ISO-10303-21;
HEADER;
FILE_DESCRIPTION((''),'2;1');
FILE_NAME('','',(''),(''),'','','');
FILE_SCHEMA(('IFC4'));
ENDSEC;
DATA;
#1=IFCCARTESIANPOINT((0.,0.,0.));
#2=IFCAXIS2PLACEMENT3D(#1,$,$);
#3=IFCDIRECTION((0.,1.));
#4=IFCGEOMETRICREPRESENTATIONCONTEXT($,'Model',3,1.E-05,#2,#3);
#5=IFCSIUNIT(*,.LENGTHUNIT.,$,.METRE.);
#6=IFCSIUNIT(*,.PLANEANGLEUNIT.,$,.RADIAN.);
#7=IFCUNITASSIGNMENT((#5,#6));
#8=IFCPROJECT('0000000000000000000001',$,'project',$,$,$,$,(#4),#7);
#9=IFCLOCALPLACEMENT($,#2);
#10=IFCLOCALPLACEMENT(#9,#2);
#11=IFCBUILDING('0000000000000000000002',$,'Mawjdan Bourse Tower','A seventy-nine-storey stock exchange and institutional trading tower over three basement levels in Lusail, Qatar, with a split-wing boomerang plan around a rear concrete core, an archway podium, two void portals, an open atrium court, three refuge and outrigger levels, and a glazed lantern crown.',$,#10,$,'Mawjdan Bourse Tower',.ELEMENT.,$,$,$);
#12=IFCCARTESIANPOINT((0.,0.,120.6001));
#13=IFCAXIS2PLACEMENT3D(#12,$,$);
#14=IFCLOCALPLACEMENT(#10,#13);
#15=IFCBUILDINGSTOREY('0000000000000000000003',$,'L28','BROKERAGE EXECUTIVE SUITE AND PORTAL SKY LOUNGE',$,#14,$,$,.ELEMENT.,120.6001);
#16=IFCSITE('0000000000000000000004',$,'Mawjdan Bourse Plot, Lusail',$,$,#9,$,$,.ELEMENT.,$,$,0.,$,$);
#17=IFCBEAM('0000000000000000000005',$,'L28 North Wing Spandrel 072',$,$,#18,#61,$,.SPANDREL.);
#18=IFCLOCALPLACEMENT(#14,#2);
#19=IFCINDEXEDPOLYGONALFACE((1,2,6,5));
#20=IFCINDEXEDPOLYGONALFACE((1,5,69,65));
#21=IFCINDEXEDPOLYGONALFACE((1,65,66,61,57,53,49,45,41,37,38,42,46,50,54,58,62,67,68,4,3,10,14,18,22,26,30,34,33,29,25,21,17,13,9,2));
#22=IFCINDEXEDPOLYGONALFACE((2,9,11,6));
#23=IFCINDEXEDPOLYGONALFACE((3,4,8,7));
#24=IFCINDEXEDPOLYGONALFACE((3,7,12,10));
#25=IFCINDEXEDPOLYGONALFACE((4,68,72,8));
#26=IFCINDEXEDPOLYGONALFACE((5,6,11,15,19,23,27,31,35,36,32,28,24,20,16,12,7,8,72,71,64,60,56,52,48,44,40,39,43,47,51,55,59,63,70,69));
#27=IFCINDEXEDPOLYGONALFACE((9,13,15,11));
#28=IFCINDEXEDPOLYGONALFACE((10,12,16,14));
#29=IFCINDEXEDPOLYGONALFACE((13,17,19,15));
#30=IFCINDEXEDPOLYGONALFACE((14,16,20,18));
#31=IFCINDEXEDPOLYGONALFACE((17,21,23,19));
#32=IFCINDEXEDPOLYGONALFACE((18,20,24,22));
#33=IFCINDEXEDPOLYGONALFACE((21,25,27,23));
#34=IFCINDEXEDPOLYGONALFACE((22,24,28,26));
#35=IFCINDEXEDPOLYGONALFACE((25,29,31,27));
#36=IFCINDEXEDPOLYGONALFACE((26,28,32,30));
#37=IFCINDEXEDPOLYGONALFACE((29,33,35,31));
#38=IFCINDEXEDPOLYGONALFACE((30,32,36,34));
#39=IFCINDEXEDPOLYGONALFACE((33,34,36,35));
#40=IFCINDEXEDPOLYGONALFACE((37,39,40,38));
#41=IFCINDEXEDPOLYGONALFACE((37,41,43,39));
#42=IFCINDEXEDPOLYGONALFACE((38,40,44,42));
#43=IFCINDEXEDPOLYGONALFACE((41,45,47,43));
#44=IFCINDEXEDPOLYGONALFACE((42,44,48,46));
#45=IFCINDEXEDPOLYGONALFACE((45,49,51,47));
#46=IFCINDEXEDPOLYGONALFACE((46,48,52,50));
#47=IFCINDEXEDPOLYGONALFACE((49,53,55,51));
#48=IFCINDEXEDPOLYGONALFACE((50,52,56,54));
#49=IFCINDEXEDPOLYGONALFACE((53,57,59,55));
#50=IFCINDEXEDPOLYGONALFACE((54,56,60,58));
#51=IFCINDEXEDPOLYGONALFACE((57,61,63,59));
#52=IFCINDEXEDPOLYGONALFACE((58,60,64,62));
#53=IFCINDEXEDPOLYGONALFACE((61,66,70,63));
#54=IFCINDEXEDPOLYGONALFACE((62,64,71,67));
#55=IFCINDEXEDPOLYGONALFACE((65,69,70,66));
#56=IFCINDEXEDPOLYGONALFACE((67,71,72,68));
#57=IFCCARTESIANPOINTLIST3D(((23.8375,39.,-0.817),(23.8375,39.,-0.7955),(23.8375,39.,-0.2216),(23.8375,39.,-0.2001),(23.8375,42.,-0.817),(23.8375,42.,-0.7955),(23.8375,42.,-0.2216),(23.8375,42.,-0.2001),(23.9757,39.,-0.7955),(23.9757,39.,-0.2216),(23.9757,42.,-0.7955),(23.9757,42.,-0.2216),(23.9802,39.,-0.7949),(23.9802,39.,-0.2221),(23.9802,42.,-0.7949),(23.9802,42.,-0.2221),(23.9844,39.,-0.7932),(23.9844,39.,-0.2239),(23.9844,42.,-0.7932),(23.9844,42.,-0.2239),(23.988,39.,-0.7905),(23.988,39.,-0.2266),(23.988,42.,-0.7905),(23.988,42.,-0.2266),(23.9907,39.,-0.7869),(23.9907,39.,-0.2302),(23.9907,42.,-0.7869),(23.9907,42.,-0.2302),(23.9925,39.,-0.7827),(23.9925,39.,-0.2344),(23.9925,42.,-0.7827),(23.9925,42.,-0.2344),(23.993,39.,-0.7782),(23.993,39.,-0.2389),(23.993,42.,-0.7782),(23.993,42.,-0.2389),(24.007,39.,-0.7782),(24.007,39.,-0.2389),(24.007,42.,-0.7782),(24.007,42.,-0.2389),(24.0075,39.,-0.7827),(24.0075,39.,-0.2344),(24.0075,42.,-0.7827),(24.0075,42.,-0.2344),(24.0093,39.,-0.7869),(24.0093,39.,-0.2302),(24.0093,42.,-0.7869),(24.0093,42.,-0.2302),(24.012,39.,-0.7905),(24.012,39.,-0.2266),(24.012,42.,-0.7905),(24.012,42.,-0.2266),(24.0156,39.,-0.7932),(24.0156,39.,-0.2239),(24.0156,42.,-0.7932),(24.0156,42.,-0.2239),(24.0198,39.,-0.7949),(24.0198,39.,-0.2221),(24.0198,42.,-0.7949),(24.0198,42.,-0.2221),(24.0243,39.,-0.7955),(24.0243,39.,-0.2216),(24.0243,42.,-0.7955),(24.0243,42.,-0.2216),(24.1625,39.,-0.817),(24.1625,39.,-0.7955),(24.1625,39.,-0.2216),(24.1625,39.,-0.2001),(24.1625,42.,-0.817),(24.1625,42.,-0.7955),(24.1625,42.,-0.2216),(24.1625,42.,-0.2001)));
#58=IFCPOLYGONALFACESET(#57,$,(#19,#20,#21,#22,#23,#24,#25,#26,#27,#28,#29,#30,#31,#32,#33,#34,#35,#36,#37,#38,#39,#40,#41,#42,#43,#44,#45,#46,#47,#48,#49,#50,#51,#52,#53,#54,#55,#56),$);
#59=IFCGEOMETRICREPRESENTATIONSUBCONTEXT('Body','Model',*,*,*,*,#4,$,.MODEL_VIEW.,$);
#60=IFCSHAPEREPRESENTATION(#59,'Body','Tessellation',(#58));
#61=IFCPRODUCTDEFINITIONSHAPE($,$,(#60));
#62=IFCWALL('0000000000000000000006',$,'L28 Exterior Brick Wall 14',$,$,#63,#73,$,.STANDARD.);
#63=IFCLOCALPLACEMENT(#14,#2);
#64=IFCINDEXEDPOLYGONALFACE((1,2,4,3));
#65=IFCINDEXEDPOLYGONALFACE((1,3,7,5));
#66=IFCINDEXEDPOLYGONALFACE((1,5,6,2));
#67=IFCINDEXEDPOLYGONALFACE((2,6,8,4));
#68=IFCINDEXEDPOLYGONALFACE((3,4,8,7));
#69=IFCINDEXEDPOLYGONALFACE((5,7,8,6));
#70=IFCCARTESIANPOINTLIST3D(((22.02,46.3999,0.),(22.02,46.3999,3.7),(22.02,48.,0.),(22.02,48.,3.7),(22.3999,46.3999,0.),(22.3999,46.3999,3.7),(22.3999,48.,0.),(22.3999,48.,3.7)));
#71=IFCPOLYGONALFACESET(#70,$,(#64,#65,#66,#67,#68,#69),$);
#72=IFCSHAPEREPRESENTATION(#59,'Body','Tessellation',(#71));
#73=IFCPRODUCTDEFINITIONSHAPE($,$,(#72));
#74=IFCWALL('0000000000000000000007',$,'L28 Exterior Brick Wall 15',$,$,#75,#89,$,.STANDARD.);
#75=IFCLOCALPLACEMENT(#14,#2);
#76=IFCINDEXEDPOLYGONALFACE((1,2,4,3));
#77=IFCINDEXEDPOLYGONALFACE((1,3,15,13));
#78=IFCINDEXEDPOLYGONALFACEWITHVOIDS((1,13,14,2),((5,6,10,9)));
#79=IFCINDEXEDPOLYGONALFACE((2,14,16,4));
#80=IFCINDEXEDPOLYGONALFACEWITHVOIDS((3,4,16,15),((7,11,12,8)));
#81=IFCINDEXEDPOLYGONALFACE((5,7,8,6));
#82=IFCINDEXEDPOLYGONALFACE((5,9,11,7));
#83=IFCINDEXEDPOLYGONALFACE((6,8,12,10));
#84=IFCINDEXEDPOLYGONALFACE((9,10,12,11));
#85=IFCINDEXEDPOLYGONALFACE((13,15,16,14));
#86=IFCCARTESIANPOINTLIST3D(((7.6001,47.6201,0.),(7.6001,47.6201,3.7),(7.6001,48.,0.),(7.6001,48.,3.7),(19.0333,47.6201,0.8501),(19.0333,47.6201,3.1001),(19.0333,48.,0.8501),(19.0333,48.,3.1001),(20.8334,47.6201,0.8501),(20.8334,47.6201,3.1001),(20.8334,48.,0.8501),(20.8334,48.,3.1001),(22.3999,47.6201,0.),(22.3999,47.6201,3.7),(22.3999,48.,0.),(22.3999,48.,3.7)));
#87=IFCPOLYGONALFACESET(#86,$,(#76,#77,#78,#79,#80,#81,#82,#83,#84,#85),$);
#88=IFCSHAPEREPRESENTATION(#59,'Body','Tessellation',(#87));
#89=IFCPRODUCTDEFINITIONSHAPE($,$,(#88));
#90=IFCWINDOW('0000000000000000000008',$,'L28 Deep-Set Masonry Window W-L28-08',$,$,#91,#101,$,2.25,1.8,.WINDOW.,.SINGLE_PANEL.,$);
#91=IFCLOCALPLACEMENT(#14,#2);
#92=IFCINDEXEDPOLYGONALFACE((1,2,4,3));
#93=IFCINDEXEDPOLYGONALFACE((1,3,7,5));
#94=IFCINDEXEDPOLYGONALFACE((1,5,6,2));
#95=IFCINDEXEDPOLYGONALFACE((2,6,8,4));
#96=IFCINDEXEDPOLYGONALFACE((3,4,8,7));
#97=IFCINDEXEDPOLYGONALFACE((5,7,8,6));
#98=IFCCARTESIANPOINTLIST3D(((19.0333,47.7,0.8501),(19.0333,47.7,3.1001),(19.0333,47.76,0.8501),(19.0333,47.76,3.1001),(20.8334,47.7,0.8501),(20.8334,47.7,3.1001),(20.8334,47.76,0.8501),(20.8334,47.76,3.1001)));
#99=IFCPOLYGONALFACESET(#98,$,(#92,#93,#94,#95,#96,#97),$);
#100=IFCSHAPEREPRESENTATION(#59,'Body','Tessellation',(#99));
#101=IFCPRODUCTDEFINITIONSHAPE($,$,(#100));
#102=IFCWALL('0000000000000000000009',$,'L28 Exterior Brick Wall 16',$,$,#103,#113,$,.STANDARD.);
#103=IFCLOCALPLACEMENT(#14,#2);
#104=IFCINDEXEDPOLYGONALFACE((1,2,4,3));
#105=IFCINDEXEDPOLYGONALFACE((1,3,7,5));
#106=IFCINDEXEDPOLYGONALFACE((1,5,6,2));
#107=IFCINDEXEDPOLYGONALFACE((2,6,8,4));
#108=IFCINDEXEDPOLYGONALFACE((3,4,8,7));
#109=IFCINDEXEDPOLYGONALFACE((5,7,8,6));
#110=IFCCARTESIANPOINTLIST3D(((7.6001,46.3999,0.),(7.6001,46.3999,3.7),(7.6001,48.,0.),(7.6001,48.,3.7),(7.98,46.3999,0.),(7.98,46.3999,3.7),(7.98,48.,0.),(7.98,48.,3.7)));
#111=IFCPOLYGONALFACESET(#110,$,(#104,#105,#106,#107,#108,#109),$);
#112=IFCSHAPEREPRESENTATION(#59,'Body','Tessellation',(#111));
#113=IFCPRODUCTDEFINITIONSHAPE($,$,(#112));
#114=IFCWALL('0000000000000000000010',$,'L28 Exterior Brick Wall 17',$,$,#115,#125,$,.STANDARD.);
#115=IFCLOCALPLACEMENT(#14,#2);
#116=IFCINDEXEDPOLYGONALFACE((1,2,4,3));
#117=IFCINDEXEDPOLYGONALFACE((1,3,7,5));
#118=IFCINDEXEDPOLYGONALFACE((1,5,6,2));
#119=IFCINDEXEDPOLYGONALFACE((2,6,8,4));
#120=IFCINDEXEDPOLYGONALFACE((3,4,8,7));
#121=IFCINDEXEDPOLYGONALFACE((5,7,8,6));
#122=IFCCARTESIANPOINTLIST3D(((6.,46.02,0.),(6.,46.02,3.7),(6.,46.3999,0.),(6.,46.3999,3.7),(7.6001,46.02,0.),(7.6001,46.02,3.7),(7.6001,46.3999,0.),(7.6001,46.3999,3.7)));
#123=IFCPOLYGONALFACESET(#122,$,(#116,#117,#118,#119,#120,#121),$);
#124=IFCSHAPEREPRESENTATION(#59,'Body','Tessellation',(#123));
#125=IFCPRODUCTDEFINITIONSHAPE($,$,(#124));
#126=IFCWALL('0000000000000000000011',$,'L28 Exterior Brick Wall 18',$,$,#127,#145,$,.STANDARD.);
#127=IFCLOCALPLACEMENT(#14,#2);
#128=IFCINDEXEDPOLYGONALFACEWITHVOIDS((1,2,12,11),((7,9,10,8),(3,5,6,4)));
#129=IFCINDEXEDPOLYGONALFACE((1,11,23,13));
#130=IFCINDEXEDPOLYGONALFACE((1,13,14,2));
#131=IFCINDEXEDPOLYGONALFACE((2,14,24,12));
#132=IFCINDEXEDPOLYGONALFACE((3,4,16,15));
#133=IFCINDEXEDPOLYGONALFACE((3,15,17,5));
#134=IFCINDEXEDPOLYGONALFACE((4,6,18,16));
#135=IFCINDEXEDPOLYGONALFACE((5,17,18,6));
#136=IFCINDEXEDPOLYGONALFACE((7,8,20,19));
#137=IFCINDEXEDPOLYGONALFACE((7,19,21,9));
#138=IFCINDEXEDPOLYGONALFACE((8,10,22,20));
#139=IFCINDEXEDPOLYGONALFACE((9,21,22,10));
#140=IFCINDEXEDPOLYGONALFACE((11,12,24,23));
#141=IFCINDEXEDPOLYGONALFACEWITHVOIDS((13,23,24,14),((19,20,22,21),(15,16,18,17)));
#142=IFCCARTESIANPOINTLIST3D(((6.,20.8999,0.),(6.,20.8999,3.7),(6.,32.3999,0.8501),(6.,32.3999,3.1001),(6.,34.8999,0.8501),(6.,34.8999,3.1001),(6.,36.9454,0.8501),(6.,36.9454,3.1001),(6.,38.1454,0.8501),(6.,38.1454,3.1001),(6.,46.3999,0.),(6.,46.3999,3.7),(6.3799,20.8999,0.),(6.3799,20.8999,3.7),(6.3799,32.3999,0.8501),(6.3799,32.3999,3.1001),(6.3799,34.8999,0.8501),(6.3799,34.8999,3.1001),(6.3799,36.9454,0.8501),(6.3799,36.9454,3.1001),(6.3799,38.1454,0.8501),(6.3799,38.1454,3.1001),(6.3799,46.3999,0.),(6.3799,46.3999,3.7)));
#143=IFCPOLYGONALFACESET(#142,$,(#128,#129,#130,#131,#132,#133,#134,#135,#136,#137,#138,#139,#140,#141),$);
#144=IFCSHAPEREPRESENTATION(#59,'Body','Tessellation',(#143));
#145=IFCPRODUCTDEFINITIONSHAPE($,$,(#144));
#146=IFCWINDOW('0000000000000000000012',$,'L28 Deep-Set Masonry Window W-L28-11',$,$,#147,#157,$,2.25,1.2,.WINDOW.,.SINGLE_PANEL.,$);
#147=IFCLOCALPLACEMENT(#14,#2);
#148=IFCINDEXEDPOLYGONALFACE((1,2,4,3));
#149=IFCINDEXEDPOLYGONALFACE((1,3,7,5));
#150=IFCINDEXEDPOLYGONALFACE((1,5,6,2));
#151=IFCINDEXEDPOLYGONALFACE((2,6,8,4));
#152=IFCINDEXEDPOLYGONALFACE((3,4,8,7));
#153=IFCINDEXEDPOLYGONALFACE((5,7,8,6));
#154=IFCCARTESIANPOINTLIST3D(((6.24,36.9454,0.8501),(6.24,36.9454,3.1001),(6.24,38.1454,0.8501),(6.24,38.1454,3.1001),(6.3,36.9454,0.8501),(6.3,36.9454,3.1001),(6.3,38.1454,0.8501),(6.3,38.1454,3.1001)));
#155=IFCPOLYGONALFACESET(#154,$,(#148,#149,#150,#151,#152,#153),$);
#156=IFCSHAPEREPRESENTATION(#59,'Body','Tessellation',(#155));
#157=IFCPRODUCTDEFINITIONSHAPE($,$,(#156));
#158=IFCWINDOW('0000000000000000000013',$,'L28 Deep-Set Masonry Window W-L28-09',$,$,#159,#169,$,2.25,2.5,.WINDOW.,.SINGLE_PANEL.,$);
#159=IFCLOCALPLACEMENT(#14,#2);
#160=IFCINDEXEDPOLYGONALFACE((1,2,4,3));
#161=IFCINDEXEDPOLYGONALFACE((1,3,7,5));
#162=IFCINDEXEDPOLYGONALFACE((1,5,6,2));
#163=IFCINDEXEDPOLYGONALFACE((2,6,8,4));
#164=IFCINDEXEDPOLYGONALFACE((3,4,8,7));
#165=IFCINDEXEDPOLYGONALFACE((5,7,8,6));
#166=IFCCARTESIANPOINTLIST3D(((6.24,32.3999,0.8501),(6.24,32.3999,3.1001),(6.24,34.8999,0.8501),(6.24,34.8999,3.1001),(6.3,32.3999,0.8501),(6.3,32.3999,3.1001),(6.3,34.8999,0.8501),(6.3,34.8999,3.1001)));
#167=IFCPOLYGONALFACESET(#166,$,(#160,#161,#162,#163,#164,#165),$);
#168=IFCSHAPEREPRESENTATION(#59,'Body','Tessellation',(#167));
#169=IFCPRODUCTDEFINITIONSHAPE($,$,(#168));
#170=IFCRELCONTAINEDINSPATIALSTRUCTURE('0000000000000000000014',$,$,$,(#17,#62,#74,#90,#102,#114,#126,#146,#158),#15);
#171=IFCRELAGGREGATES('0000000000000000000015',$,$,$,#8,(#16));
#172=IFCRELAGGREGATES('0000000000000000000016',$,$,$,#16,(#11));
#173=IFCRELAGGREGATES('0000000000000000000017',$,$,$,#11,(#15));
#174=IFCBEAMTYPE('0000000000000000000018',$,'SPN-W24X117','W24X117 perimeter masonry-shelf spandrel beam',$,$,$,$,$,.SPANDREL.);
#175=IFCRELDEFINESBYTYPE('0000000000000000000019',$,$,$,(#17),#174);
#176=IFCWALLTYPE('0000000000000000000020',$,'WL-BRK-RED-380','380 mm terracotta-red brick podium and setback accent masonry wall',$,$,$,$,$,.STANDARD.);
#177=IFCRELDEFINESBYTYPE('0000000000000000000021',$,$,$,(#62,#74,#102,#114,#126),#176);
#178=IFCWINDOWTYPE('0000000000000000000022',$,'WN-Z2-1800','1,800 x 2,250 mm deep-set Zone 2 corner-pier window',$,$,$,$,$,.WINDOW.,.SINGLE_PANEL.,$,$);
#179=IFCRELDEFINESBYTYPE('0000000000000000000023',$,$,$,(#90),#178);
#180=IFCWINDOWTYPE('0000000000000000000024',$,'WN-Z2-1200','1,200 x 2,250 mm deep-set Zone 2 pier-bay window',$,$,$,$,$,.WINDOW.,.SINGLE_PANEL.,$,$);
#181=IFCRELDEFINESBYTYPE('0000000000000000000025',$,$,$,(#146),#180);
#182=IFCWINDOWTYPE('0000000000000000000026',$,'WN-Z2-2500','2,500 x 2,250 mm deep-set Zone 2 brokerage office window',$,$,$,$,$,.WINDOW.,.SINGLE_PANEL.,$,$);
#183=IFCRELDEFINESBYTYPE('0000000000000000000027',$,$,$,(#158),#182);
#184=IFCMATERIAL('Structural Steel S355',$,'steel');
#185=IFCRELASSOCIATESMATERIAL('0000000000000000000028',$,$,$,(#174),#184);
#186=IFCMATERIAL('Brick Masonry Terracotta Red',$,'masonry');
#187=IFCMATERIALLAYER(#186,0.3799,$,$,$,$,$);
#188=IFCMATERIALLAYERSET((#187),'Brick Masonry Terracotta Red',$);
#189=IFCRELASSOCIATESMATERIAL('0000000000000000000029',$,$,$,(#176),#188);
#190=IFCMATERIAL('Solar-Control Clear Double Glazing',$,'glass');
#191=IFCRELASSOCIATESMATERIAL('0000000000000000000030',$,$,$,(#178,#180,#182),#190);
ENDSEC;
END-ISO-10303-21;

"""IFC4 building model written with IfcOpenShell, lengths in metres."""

from ifc_helpers import new_model, si_unit, direction, frame, frame_2d, origin, origin_2d, place, context, subcontext, project, spatial, rectangle, i_section, extrude, material, layer, layer_set, material_profile, profile_set, type_object, element, fill, save


model = new_model("IFC4")

# Units and contexts
model_context = context("Model", 3, precision=1e-05, world=origin(), true_north=direction((0.0, 1.0)))
body_context = subcontext(model_context, "Body", "Model", "MODEL_VIEW")
ifc_project = project(units=[si_unit("LENGTHUNIT", "METRE"), si_unit("PLANEANGLEUNIT", "RADIAN")], contexts=[model_context])

# Site, building, storey
site_placement = place(None, origin())
site = spatial("IfcSite", under=ifc_project, at=site_placement, Name="Mawjdan Bourse Plot, Lusail", CompositionType="ELEMENT", RefElevation=0.0)
building_placement = place(site_placement, origin())
building = spatial("IfcBuilding", under=site, at=building_placement, Name="Mawjdan Bourse Tower", Description="A seventy-nine-storey stock exchange and institutional trading tower over three basement levels in Lusail, Qatar, with a split-wing boomerang plan around a rear concrete core, an archway podium, two void portals, an open atrium court, three refuge and outrigger levels, and a glazed lantern crown.", LongName="Mawjdan Bourse Tower", CompositionType="ELEMENT")
storey_placement = place(building_placement, frame((0.0, 0.0, 120.6001)))
storey = spatial("IfcBuildingStorey", under=building, at=storey_placement, Name="L28", Description="BROKERAGE EXECUTIVE SUITE AND PORTAL SKY LOUNGE", CompositionType="ELEMENT", Elevation=120.6001)

# Beam
ifc_material_1 = material(Name="Structural Steel S355", Category="steel")
ifc_material_profile_1 = material_profile(ifc_material_1, i_section(OverallWidth=0.325, OverallDepth=0.6169, WebThickness=0.0139, FlangeThickness=0.0215, FilletRadius=0.0173, at=origin_2d()), Name="W24X117")
ifc_profile_set_1 = profile_set([ifc_material_profile_1], Name="Structural Steel S355")
beam_type_1 = type_object("IfcBeamType", Name="SPN-W24X117", Description="W24X117 perimeter masonry-shelf spandrel beam", PredefinedType="SPANDREL", material=ifc_profile_set_1)
for number, where, z_axis, x_axis, name in (
    (1, (24.0, 39.0, -0.5085), (0.0, 1.0, 0.0), (-1.0, 0.0, 0.0), "L28 North Wing Spandrel 072"),
):
    element("IfcBeam", number, at=place(storey_placement, frame(where, z_axis=z_axis, x_axis=x_axis)), inside=storey, type_object=beam_type_1, Name=name, PredefinedType="SPANDREL", context=body_context, shape_type="SweptSolid", body=[
        extrude(i_section(OverallWidth=0.325, OverallDepth=0.6169, WebThickness=0.0139, FlangeThickness=0.0215, FilletRadius=0.0173, at=origin_2d()), origin(), (0.0, 0.0, 1.0), 3.0),
    ])

# Wall
ifc_material_2 = material(Name="Brick Masonry Terracotta Red", Category="masonry")
ifc_layer_1 = layer(ifc_material_2, 0.3799)
ifc_layer_set_1 = layer_set([ifc_layer_1], Name="Brick Masonry Terracotta Red")
wall_type_1 = type_object("IfcWallType", Name="WL-BRK-RED-380", Description="380 mm terracotta-red brick podium and setback accent masonry wall", PredefinedType="STANDARD", material=ifc_layer_set_1)
wall_1_placement = place(storey_placement, frame((22.21, 46.3999, 0.0), z_axis=(0.0, 0.0, 1.0), x_axis=(0.0, 1.0, 0.0)))
element("IfcWall", 2, at=wall_1_placement, inside=storey, type_object=wall_type_1, Name="L28 Exterior Brick Wall 14", PredefinedType="STANDARD", context=body_context, shape_type="SweptSolid", body=[
    extrude(rectangle(XDim=1.6001, YDim=0.3799, at=frame_2d((0.8, 0.0))), origin(), (0.0, 0.0, 1.0), 3.7),
])

# Wall, opening, window
wall_2_placement = place(storey_placement, frame((22.3999, 47.8101, 0.0), z_axis=(0.0, 0.0, 1.0), x_axis=(-1.0, 0.0, 0.0)))
wall_2 = element("IfcWall", 3, at=wall_2_placement, inside=storey, type_object=wall_type_1, Name="L28 Exterior Brick Wall 15", PredefinedType="STANDARD", context=body_context, shape_type="SweptSolid", body=[
    extrude(rectangle(XDim=14.7998, YDim=0.3799, at=frame_2d((7.3999, 0.0))), origin(), (0.0, 0.0, 1.0), 3.7),
])
opening_1_placement = place(wall_2_placement, frame((1.5667, 0.0, 0.8501)))
opening_1 = element("IfcOpeningElement", 4, at=opening_1_placement, cuts=wall_2, PredefinedType="OPENING", context=body_context, shape_type="SweptSolid", body=[
    extrude(rectangle(XDim=1.8, YDim=2.25, at=frame_2d((0.8999, 1.125))), frame((0.0, 0.2, 0.0), z_axis=(0.0, -1.0, 0.0), x_axis=(1.0, 0.0, 0.0)), (0.0, 0.0, 1.0), 0.3999),
])
ifc_material_3 = material(Name="Solar-Control Clear Double Glazing", Category="glass")
window_type_1 = type_object("IfcWindowType", Name="WN-Z2-1800", Description="1,800 x 2,250 mm deep-set Zone 2 corner-pier window", PartitioningType="SINGLE_PANEL", PredefinedType="WINDOW", material=ifc_material_3)
window_1_placement = place(opening_1_placement, origin())
window_1 = element("IfcWindow", 5, at=window_1_placement, inside=storey, type_object=window_type_1, Name="L28 Deep-Set Masonry Window W-L28-08", OverallHeight=2.25, OverallWidth=1.8, PartitioningType="SINGLE_PANEL", PredefinedType="WINDOW", context=body_context, shape_type="SweptSolid", body=[
    extrude(rectangle(XDim=1.8, YDim=2.25, at=frame_2d((0.8999, 1.125))), frame((0.0, 0.1101, 0.0), z_axis=(0.0, -1.0, 0.0), x_axis=(1.0, 0.0, 0.0)), (0.0, 0.0, 1.0), 0.0601),
])
fill(opening_1, window_1)

# Walls
for number, where, z_axis, x_axis, name in (
    (6, (7.79, 48.0, 0.0), (0.0, 0.0, 1.0), (0.0, -1.0, 0.0), "L28 Exterior Brick Wall 16"),
    (7, (7.6001, 46.21, 0.0), (0.0, 0.0, 1.0), (-1.0, 0.0, 0.0), "L28 Exterior Brick Wall 17"),
):
    element("IfcWall", number, at=place(storey_placement, frame(where, z_axis=z_axis, x_axis=x_axis)), inside=storey, type_object=wall_type_1, Name=name, PredefinedType="STANDARD", context=body_context, shape_type="SweptSolid", body=[
        extrude(rectangle(XDim=1.6001, YDim=0.3799, at=frame_2d((0.8, 0.0))), origin(), (0.0, 0.0, 1.0), 3.7),
    ])

# Wall, openings, windows
wall_3_placement = place(storey_placement, frame((6.1899, 46.3999, 0.0), z_axis=(0.0, 0.0, 1.0), x_axis=(0.0, -1.0, 0.0)))
wall_3 = element("IfcWall", 8, at=wall_3_placement, inside=storey, type_object=wall_type_1, Name="L28 Exterior Brick Wall 18", PredefinedType="STANDARD", context=body_context, shape_type="SweptSolid", body=[
    extrude(rectangle(XDim=25.5, YDim=0.3799, at=frame_2d((12.75, 0.0))), origin(), (0.0, 0.0, 1.0), 3.7),
])
opening_2_placement = place(wall_3_placement, frame((11.5, 0.0, 0.8501)))
opening_2 = element("IfcOpeningElement", 9, at=opening_2_placement, cuts=wall_3, PredefinedType="OPENING", context=body_context, shape_type="SweptSolid", body=[
    extrude(rectangle(XDim=2.5, YDim=2.25, at=frame_2d((1.25, 1.125))), frame((0.0, 0.2, 0.0), z_axis=(0.0, -1.0, 0.0), x_axis=(1.0, 0.0, 0.0)), (0.0, 0.0, 1.0), 0.3999),
])
opening_3_placement = place(wall_3_placement, frame((8.2544, 0.0, 0.8501)))
opening_3 = element("IfcOpeningElement", 10, at=opening_3_placement, cuts=wall_3, PredefinedType="OPENING", context=body_context, shape_type="SweptSolid", body=[
    extrude(rectangle(XDim=1.2, YDim=2.25, at=frame_2d((0.6001, 1.125))), frame((0.0, 0.2, 0.0), z_axis=(0.0, -1.0, 0.0), x_axis=(1.0, 0.0, 0.0)), (0.0, 0.0, 1.0), 0.3999),
])
window_type_2 = type_object("IfcWindowType", Name="WN-Z2-1200", Description="1,200 x 2,250 mm deep-set Zone 2 pier-bay window", PartitioningType="SINGLE_PANEL", PredefinedType="WINDOW", material=ifc_material_3)
window_2_placement = place(opening_3_placement, origin())
window_2 = element("IfcWindow", 11, at=window_2_placement, inside=storey, type_object=window_type_2, Name="L28 Deep-Set Masonry Window W-L28-11", OverallHeight=2.25, OverallWidth=1.2, PartitioningType="SINGLE_PANEL", PredefinedType="WINDOW", context=body_context, shape_type="SweptSolid", body=[
    extrude(rectangle(XDim=1.2, YDim=2.25, at=frame_2d((0.6001, 1.125))), frame((0.0, 0.1101, 0.0), z_axis=(0.0, -1.0, 0.0), x_axis=(1.0, 0.0, 0.0)), (0.0, 0.0, 1.0), 0.0601),
])
fill(opening_3, window_2)
window_type_3 = type_object("IfcWindowType", Name="WN-Z2-2500", Description="2,500 x 2,250 mm deep-set Zone 2 brokerage office window", PartitioningType="SINGLE_PANEL", PredefinedType="WINDOW", material=ifc_material_3)
window_3_placement = place(opening_2_placement, origin())
window_3 = element("IfcWindow", 12, at=window_3_placement, inside=storey, type_object=window_type_3, Name="L28 Deep-Set Masonry Window W-L28-09", OverallHeight=2.25, OverallWidth=2.5, PartitioningType="SINGLE_PANEL", PredefinedType="WINDOW", context=body_context, shape_type="SweptSolid", body=[
    extrude(rectangle(XDim=2.5, YDim=2.25, at=frame_2d((1.25, 1.125))), frame((0.0, 0.1101, 0.0), z_axis=(0.0, -1.0, 0.0), x_axis=(1.0, 0.0, 0.0)), (0.0, 0.0, 1.0), 0.0601),
])
fill(opening_2, window_3)

save(model, "model.ifc")
